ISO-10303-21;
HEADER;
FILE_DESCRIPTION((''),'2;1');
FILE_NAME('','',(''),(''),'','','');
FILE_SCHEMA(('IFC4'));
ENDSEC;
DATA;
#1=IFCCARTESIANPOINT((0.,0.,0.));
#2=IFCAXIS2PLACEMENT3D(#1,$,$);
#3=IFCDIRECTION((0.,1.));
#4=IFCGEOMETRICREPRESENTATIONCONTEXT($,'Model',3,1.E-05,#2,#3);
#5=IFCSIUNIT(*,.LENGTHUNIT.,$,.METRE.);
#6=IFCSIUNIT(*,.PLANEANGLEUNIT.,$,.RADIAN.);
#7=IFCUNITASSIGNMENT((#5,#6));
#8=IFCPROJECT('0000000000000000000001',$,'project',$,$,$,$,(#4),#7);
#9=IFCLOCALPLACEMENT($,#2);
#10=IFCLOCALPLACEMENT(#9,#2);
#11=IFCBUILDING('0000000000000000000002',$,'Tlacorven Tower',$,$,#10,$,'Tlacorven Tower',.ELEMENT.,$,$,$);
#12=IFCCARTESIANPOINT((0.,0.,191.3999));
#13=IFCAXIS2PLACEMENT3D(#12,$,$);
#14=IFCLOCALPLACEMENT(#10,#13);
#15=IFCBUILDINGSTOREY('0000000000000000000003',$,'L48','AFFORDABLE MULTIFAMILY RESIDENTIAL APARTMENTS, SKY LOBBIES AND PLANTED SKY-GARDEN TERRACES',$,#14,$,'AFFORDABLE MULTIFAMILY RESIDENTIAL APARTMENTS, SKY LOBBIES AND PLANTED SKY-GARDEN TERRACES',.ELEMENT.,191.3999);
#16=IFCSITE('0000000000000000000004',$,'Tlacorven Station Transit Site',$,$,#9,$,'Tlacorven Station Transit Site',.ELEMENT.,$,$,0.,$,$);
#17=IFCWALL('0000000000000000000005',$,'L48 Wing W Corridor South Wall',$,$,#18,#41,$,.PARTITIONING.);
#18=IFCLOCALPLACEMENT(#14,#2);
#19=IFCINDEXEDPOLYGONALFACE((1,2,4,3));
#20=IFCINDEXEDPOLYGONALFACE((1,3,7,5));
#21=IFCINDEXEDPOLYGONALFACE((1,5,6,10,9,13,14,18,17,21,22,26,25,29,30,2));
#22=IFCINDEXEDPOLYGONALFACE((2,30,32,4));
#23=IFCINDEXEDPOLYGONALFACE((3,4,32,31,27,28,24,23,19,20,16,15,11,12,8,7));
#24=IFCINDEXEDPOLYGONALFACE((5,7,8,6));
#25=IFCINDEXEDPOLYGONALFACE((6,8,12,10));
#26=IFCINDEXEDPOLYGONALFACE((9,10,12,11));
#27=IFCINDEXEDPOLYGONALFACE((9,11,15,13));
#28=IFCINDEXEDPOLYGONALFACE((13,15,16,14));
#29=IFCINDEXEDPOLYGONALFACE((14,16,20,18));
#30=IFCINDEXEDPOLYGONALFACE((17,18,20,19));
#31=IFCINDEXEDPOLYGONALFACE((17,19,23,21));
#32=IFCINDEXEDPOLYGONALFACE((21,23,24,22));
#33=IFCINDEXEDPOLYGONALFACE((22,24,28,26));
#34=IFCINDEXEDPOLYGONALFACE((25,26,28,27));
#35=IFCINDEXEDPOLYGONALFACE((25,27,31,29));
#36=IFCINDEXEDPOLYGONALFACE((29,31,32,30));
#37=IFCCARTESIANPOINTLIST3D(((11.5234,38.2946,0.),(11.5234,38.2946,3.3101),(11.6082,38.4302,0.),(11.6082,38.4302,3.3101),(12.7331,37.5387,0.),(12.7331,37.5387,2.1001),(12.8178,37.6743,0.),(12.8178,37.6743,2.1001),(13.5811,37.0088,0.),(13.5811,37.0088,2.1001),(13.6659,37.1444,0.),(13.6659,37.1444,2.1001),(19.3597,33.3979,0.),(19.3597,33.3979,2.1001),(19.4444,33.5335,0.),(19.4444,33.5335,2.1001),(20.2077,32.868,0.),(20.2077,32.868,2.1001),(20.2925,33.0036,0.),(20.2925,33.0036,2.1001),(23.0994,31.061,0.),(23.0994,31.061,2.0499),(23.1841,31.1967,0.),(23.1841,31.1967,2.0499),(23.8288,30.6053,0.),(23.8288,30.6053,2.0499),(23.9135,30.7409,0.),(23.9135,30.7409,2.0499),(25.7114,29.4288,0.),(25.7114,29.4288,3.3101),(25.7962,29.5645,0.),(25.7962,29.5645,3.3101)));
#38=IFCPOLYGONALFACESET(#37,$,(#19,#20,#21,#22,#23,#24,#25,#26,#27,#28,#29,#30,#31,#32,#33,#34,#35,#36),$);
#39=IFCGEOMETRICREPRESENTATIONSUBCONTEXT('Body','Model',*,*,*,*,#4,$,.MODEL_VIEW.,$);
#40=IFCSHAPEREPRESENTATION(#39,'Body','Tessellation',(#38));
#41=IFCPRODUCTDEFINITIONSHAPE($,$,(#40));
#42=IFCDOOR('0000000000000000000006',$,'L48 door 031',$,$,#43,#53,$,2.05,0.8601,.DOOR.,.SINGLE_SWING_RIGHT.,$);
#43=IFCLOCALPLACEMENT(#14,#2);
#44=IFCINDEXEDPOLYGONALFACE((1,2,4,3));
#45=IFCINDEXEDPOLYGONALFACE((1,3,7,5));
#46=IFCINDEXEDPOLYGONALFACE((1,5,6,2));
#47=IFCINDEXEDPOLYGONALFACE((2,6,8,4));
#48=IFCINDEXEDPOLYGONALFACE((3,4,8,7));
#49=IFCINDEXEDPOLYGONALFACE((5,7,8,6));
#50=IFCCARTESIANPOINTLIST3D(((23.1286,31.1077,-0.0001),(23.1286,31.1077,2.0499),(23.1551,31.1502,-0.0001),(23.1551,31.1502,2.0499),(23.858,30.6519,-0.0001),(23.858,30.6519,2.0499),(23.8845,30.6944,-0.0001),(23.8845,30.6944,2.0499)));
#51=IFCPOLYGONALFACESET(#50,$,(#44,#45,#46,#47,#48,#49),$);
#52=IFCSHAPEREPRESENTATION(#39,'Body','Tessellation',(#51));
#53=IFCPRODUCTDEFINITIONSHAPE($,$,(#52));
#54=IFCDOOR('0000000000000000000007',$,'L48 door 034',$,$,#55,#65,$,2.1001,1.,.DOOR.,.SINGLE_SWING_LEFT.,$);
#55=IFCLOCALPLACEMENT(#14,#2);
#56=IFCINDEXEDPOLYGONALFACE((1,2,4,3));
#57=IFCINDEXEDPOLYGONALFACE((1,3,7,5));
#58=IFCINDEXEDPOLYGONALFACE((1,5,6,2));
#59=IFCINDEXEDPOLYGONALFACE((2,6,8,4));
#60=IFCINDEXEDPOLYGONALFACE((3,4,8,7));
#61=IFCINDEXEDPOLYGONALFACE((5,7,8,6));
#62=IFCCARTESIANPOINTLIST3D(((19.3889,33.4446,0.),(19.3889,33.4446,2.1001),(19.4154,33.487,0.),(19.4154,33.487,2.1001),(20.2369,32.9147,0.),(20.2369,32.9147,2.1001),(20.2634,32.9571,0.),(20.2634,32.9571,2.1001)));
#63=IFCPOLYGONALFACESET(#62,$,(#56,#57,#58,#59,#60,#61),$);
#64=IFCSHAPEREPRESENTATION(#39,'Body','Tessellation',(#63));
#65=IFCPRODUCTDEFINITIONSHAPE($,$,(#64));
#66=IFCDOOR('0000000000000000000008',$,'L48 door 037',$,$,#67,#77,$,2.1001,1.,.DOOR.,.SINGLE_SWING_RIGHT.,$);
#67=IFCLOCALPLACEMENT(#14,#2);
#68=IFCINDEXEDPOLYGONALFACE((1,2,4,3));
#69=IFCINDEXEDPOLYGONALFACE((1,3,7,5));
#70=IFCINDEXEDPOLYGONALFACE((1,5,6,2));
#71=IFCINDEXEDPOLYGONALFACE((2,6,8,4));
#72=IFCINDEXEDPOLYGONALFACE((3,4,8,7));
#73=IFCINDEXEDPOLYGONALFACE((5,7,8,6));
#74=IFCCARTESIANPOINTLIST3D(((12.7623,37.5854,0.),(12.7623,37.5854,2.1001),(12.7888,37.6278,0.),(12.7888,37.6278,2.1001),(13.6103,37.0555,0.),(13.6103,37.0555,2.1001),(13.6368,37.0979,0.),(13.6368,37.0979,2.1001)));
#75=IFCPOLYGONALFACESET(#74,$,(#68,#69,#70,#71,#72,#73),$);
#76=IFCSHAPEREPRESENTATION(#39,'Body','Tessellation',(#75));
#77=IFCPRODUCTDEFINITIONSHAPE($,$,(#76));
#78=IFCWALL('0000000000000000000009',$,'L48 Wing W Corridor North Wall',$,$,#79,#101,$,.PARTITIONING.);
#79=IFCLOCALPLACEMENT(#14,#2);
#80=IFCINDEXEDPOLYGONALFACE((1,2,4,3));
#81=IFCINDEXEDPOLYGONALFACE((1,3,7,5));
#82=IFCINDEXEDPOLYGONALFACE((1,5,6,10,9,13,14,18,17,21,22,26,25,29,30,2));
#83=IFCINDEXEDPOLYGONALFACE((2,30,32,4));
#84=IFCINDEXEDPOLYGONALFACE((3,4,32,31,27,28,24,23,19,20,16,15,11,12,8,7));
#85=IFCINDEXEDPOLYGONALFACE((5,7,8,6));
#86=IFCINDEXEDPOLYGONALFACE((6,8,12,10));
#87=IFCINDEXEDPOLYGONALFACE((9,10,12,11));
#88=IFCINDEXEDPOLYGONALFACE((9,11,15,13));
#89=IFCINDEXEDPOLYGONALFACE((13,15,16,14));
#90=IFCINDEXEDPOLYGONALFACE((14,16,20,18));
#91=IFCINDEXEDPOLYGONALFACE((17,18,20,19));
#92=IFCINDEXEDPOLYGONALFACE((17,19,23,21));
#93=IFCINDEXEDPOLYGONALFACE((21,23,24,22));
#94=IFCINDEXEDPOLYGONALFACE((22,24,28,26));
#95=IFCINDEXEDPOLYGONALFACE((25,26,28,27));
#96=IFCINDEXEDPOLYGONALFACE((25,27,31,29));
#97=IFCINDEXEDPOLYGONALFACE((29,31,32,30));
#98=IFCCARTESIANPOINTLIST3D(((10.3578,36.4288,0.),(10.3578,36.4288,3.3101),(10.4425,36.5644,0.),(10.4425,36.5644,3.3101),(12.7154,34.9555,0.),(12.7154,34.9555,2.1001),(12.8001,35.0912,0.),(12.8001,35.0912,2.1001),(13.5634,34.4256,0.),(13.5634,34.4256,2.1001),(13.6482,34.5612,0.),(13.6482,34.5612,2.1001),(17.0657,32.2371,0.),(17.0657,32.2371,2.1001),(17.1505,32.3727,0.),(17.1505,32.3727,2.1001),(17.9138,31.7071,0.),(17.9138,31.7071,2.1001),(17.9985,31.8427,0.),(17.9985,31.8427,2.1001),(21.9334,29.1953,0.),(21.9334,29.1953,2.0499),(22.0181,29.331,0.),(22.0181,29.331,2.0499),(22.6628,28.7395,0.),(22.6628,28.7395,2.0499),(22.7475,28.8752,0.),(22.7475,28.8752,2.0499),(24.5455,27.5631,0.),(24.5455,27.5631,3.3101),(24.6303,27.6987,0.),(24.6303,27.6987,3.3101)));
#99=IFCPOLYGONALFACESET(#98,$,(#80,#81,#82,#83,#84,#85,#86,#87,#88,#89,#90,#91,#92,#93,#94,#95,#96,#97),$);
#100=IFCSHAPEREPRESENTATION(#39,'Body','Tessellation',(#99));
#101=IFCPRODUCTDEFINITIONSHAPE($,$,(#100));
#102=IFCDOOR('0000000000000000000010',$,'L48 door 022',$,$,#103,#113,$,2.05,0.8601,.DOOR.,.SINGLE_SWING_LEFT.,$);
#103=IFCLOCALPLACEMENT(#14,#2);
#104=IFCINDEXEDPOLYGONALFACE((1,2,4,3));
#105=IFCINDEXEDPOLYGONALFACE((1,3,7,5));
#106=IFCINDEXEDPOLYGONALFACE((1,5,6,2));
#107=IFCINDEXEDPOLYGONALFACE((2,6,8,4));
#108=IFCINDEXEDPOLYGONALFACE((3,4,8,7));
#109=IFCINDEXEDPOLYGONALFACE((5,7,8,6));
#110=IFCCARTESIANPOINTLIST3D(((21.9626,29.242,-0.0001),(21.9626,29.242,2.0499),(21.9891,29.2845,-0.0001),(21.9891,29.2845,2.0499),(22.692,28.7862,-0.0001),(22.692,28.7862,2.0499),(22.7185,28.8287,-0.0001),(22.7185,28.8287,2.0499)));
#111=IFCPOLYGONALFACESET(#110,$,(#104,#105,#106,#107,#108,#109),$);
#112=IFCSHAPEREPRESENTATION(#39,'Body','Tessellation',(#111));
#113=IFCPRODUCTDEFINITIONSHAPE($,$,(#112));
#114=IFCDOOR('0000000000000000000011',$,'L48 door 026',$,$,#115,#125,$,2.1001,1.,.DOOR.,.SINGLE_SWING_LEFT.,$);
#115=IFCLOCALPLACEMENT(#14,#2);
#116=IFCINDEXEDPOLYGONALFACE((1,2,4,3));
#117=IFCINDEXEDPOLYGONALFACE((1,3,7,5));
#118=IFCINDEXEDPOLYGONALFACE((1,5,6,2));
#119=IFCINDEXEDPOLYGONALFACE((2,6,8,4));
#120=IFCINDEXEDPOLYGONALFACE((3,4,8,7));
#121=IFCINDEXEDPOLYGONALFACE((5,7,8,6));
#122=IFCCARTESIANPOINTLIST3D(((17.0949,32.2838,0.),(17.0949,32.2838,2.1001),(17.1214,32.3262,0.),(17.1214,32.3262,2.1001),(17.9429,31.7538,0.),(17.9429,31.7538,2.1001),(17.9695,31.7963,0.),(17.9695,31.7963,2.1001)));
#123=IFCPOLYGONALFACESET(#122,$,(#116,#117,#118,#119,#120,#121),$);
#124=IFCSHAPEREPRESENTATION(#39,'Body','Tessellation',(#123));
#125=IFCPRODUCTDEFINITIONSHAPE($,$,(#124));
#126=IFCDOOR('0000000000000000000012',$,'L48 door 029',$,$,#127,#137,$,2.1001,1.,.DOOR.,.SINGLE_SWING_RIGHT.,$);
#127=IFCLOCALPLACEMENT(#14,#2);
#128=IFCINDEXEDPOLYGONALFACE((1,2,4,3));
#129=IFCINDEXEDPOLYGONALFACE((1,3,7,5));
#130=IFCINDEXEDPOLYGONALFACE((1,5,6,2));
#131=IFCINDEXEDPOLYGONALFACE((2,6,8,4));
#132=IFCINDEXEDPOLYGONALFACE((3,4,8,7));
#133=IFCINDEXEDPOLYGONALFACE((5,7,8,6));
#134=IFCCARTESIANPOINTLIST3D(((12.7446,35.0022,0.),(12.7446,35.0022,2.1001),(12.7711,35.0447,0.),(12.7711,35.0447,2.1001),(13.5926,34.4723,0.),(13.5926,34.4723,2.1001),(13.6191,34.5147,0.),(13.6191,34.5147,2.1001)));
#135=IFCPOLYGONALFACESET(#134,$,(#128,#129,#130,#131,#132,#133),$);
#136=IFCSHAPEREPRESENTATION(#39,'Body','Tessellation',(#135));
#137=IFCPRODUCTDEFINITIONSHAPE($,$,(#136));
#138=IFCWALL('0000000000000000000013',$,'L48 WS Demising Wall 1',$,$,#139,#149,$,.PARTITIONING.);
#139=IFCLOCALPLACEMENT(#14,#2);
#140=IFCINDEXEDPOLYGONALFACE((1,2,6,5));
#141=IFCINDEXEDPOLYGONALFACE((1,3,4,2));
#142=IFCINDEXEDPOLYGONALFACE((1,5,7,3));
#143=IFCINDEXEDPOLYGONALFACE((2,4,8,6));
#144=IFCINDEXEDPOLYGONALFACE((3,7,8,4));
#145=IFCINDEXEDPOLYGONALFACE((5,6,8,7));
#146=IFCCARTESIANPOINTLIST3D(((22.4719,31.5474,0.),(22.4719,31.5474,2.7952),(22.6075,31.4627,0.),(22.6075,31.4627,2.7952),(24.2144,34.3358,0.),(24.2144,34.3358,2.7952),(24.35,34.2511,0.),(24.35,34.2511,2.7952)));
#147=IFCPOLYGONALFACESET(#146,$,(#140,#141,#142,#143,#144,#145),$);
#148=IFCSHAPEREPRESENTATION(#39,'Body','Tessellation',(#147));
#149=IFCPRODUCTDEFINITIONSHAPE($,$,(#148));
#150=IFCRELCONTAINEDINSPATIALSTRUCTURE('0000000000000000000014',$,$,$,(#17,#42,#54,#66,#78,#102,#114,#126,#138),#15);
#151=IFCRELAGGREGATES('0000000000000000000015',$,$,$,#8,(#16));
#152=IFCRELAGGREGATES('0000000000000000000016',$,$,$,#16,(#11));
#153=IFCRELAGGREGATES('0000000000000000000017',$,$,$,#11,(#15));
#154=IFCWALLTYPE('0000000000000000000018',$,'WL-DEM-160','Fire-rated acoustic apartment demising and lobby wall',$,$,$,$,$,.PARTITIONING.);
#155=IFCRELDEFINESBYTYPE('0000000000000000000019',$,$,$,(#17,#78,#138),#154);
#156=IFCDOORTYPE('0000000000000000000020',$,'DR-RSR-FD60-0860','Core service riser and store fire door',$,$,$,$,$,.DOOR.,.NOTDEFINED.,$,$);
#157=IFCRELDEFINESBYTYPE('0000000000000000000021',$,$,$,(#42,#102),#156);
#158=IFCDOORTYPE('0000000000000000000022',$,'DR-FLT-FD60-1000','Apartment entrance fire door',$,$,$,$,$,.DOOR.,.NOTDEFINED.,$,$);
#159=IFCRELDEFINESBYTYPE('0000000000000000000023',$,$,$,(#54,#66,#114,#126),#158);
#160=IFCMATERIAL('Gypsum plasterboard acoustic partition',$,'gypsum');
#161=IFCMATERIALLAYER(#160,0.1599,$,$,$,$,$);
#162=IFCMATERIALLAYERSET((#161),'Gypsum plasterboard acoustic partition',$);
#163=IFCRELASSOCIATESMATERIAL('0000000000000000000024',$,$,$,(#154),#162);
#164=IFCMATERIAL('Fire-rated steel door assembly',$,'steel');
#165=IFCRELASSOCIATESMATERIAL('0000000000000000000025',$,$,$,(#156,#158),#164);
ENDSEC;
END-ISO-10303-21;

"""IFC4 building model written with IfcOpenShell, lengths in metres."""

from ifc_helpers import new_model, si_unit, direction, frame, frame_2d, origin, place, context, subcontext, project, spatial, rectangle, extrude, source, transform, mapped, material, layer, layer_set, type_object, element, fill, save


model = new_model("IFC4")

# Units and contexts
model_context = context("Model", 3, precision=1e-05, world=origin(), true_north=direction((0.0, 1.0)))
body_context = subcontext(model_context, "Body", "Model", "MODEL_VIEW")
ifc_project = project(units=[si_unit("LENGTHUNIT", "METRE"), si_unit("PLANEANGLEUNIT", "RADIAN")], contexts=[model_context])

# Site, building, storey
site_placement = place(None, origin())
site = spatial("IfcSite", under=ifc_project, at=site_placement, Name="Tlacorven Station Transit Site", LongName="Tlacorven Station Transit Site", CompositionType="ELEMENT", RefElevation=0.0)
building_placement = place(site_placement, origin())
building = spatial("IfcBuilding", under=site, at=building_placement, Name="Tlacorven Tower", LongName="Tlacorven Tower", CompositionType="ELEMENT")
storey_placement = place(building_placement, frame((0.0, 0.0, 191.3999)))
storey = spatial("IfcBuildingStorey", under=building, at=storey_placement, Name="L48", Description="AFFORDABLE MULTIFAMILY RESIDENTIAL APARTMENTS, SKY LOBBIES AND PLANTED SKY-GARDEN TERRACES", LongName="AFFORDABLE MULTIFAMILY RESIDENTIAL APARTMENTS, SKY LOBBIES AND PLANTED SKY-GARDEN TERRACES", CompositionType="ELEMENT", Elevation=191.3999)

# Shared definitions
ifc_material_1 = material(Name="Gypsum plasterboard acoustic partition", Category="gypsum")
ifc_layer_1 = layer(ifc_material_1, 0.1599)
ifc_layer_set_1 = layer_set([ifc_layer_1], Name="Gypsum plasterboard acoustic partition")
wall_type_1 = type_object("IfcWallType", Name="WL-DEM-160", Description="Fire-rated acoustic apartment demising and lobby wall", PredefinedType="PARTITIONING", material=ifc_layer_set_1)

# Walls, openings, doors
wall_1_placement = place(storey_placement, frame((25.7539, 29.4966, 0.0), z_axis=(0.0, 0.0, 1.0), x_axis=(-0.848046, 0.529923, 0.0)))
wall_1 = element("IfcWall", 1, at=wall_1_placement, inside=storey, type_object=wall_type_1, Name="L48 Wing W Corridor South Wall", PredefinedType="PARTITIONING", context=body_context, shape_type="SweptSolid", body=[
    extrude(rectangle(XDim=16.7302, YDim=0.1599, at=frame_2d((8.3652, 0.0))), origin(), (0.0, 0.0, 1.0), 3.3101),
])
opening_1_placement = place(wall_1_placement, frame((2.22, 0.0, 0.0)))
opening_1 = element("IfcOpeningElement", 2, at=opening_1_placement, cuts=wall_1, PredefinedType="OPENING", context=body_context, shape_type="SweptSolid", body=[
    extrude(rectangle(XDim=0.8601, YDim=2.05, at=frame_2d((0.4302, 1.0249))), frame((0.0, 0.0898, 0.0), z_axis=(0.0, -1.0, 0.0), x_axis=(1.0, 0.0, 0.0)), (0.0, 0.0, 1.0), 0.1799),
])
opening_2_placement = place(wall_1_placement, frame((6.49, 0.0, 0.0)))
opening_2 = element("IfcOpeningElement", 3, at=opening_2_placement, cuts=wall_1, PredefinedType="OPENING", context=body_context, shape_type="SweptSolid", body=[
    extrude(rectangle(XDim=1.0, YDim=2.1001, at=frame_2d((0.5, 1.05))), frame((0.0, 0.0898, 0.0), z_axis=(0.0, -1.0, 0.0), x_axis=(1.0, 0.0, 0.0)), (0.0, 0.0, 1.0), 0.1799),
])
opening_3_placement = place(wall_1_placement, frame((14.304, 0.0, 0.0)))
opening_3 = element("IfcOpeningElement", 4, at=opening_3_placement, cuts=wall_1, PredefinedType="OPENING", context=body_context, shape_type="SweptSolid", body=[
    extrude(rectangle(XDim=1.0, YDim=2.1001, at=frame_2d((0.5, 1.05))), frame((0.0, 0.0898, 0.0), z_axis=(0.0, -1.0, 0.0), x_axis=(1.0, 0.0, 0.0)), (0.0, 0.0, 1.0), 0.1799),
])
ifc_material_2 = material(Name="Fire-rated steel door assembly", Category="steel")
door_type_1 = type_object("IfcDoorType", Name="DR-RSR-FD60-0860", Description="Core service riser and store fire door", OperationType="NOTDEFINED", PredefinedType="DOOR", material=ifc_material_2)
shared_shape_1 = source(origin(), body_context, "Body", "SweptSolid", [
    extrude(rectangle(XDim=0.8601, YDim=2.05, at=frame_2d((0.4302, 1.0249))), frame((0.0, 0.0249, 0.0), z_axis=(0.0, -1.0, 0.0), x_axis=(1.0, 0.0, 0.0)), (0.0, 0.0, 1.0), 0.05),
])
door_1_placement = place(opening_1_placement, origin())
door_1 = element("IfcDoor", 5, at=door_1_placement, inside=storey, type_object=door_type_1, Name="L48 door 031", OperationType="SINGLE_SWING_RIGHT", OverallHeight=2.05, OverallWidth=0.8601, PredefinedType="DOOR", context=body_context, shape_type="MappedRepresentation", body=[
    mapped(shared_shape_1, transform((0.0, 0.0, 0.0), scale=1.0)),
])
fill(opening_1, door_1)
door_type_2 = type_object("IfcDoorType", Name="DR-FLT-FD60-1000", Description="Apartment entrance fire door", OperationType="NOTDEFINED", PredefinedType="DOOR", material=ifc_material_2)
shared_shape_2 = source(origin(), body_context, "Body", "SweptSolid", [
    extrude(rectangle(XDim=1.0, YDim=2.1001, at=frame_2d((0.5, 1.05))), frame((0.0, 0.0249, 0.0), z_axis=(0.0, -1.0, 0.0), x_axis=(1.0, 0.0, 0.0)), (0.0, 0.0, 1.0), 0.05),
])
door_2_placement = place(opening_2_placement, origin())
door_2 = element("IfcDoor", 6, at=door_2_placement, inside=storey, type_object=door_type_2, Name="L48 door 034", OperationType="SINGLE_SWING_LEFT", OverallHeight=2.1001, OverallWidth=1.0, PredefinedType="DOOR", context=body_context, shape_type="MappedRepresentation", body=[
    mapped(shared_shape_2, transform((0.0, 0.0, 0.0), scale=1.0)),
])
fill(opening_2, door_2)
door_3_placement = place(opening_3_placement, origin())
door_3 = element("IfcDoor", 7, at=door_3_placement, inside=storey, type_object=door_type_2, Name="L48 door 037", OperationType="SINGLE_SWING_RIGHT", OverallHeight=2.1001, OverallWidth=1.0, PredefinedType="DOOR", context=body_context, shape_type="MappedRepresentation", body=[
    mapped(shared_shape_2, transform((0.0, 0.0, 0.0), scale=1.0)),
])
fill(opening_3, door_3)
wall_2_placement = place(storey_placement, frame((24.5879, 27.6309, 0.0), z_axis=(0.0, 0.0, 1.0), x_axis=(-0.848042, 0.529929, 0.0)))
wall_2 = element("IfcWall", 8, at=wall_2_placement, inside=storey, type_object=wall_type_1, Name="L48 Wing W Corridor North Wall", PredefinedType="PARTITIONING", context=body_context, shape_type="SweptSolid", body=[
    extrude(rectangle(XDim=16.73, YDim=0.1599, at=frame_2d((8.365, 0.0))), origin(), (0.0, 0.0, 1.0), 3.3101),
])
opening_4_placement = place(wall_2_placement, frame((2.22, 0.0, 0.0)))
opening_4 = element("IfcOpeningElement", 9, at=opening_4_placement, cuts=wall_2, PredefinedType="OPENING", context=body_context, shape_type="SweptSolid", body=[
    extrude(rectangle(XDim=0.8601, YDim=2.05, at=frame_2d((0.4302, 1.0249))), frame((0.0, 0.0898, 0.0), z_axis=(0.0, -1.0, 0.0), x_axis=(1.0, 0.0, 0.0)), (0.0, 0.0, 1.0), 0.1799),
])
opening_5_placement = place(wall_2_placement, frame((7.8201, 0.0, 0.0)))
opening_5 = element("IfcOpeningElement", 10, at=opening_5_placement, cuts=wall_2, PredefinedType="OPENING", context=body_context, shape_type="SweptSolid", body=[
    extrude(rectangle(XDim=1.0, YDim=2.1001, at=frame_2d((0.5, 1.05))), frame((0.0, 0.0898, 0.0), z_axis=(0.0, -1.0, 0.0), x_axis=(1.0, 0.0, 0.0)), (0.0, 0.0, 1.0), 0.1799),
])
opening_6_placement = place(wall_2_placement, frame((12.95, 0.0, 0.0)))
opening_6 = element("IfcOpeningElement", 11, at=opening_6_placement, cuts=wall_2, PredefinedType="OPENING", context=body_context, shape_type="SweptSolid", body=[
    extrude(rectangle(XDim=1.0, YDim=2.1001, at=frame_2d((0.5, 1.05))), frame((0.0, 0.0898, 0.0), z_axis=(0.0, -1.0, 0.0), x_axis=(1.0, 0.0, 0.0)), (0.0, 0.0, 1.0), 0.1799),
])
door_4_placement = place(opening_4_placement, origin())
door_4 = element("IfcDoor", 12, at=door_4_placement, inside=storey, type_object=door_type_1, Name="L48 door 022", OperationType="SINGLE_SWING_LEFT", OverallHeight=2.05, OverallWidth=0.8601, PredefinedType="DOOR", context=body_context, shape_type="MappedRepresentation", body=[
    mapped(shared_shape_1, transform((0.0, 0.0, 0.0), scale=1.0)),
])
fill(opening_4, door_4)
door_5_placement = place(opening_5_placement, origin())
door_5 = element("IfcDoor", 13, at=door_5_placement, inside=storey, type_object=door_type_2, Name="L48 door 026", OperationType="SINGLE_SWING_LEFT", OverallHeight=2.1001, OverallWidth=1.0, PredefinedType="DOOR", context=body_context, shape_type="MappedRepresentation", body=[
    mapped(shared_shape_2, transform((0.0, 0.0, 0.0), scale=1.0)),
])
fill(opening_5, door_5)
door_6_placement = place(opening_6_placement, origin())
door_6 = element("IfcDoor", 14, at=door_6_placement, inside=storey, type_object=door_type_2, Name="L48 door 029", OperationType="SINGLE_SWING_RIGHT", OverallHeight=2.1001, OverallWidth=1.0, PredefinedType="DOOR", context=body_context, shape_type="MappedRepresentation", body=[
    mapped(shared_shape_2, transform((0.0, 0.0, 0.0), scale=1.0)),
])
fill(opening_6, door_6)

# Wall
wall_3_placement = place(storey_placement, frame((24.2822, 34.2935, 0.0), z_axis=(0.0, 0.0, 1.0), x_axis=(-0.529939, -0.848036, 0.0)))
element("IfcWall", 15, at=wall_3_placement, inside=storey, type_object=wall_type_1, Name="L48 WS Demising Wall 1", PredefinedType="PARTITIONING", context=body_context, shape_type="SweptSolid", body=[
    extrude(rectangle(XDim=3.2881, YDim=0.1599, at=frame_2d((1.644, 0.0))), origin(), (0.0, 0.0, 1.0), 2.7952),
])

save(model, "model.ifc")
